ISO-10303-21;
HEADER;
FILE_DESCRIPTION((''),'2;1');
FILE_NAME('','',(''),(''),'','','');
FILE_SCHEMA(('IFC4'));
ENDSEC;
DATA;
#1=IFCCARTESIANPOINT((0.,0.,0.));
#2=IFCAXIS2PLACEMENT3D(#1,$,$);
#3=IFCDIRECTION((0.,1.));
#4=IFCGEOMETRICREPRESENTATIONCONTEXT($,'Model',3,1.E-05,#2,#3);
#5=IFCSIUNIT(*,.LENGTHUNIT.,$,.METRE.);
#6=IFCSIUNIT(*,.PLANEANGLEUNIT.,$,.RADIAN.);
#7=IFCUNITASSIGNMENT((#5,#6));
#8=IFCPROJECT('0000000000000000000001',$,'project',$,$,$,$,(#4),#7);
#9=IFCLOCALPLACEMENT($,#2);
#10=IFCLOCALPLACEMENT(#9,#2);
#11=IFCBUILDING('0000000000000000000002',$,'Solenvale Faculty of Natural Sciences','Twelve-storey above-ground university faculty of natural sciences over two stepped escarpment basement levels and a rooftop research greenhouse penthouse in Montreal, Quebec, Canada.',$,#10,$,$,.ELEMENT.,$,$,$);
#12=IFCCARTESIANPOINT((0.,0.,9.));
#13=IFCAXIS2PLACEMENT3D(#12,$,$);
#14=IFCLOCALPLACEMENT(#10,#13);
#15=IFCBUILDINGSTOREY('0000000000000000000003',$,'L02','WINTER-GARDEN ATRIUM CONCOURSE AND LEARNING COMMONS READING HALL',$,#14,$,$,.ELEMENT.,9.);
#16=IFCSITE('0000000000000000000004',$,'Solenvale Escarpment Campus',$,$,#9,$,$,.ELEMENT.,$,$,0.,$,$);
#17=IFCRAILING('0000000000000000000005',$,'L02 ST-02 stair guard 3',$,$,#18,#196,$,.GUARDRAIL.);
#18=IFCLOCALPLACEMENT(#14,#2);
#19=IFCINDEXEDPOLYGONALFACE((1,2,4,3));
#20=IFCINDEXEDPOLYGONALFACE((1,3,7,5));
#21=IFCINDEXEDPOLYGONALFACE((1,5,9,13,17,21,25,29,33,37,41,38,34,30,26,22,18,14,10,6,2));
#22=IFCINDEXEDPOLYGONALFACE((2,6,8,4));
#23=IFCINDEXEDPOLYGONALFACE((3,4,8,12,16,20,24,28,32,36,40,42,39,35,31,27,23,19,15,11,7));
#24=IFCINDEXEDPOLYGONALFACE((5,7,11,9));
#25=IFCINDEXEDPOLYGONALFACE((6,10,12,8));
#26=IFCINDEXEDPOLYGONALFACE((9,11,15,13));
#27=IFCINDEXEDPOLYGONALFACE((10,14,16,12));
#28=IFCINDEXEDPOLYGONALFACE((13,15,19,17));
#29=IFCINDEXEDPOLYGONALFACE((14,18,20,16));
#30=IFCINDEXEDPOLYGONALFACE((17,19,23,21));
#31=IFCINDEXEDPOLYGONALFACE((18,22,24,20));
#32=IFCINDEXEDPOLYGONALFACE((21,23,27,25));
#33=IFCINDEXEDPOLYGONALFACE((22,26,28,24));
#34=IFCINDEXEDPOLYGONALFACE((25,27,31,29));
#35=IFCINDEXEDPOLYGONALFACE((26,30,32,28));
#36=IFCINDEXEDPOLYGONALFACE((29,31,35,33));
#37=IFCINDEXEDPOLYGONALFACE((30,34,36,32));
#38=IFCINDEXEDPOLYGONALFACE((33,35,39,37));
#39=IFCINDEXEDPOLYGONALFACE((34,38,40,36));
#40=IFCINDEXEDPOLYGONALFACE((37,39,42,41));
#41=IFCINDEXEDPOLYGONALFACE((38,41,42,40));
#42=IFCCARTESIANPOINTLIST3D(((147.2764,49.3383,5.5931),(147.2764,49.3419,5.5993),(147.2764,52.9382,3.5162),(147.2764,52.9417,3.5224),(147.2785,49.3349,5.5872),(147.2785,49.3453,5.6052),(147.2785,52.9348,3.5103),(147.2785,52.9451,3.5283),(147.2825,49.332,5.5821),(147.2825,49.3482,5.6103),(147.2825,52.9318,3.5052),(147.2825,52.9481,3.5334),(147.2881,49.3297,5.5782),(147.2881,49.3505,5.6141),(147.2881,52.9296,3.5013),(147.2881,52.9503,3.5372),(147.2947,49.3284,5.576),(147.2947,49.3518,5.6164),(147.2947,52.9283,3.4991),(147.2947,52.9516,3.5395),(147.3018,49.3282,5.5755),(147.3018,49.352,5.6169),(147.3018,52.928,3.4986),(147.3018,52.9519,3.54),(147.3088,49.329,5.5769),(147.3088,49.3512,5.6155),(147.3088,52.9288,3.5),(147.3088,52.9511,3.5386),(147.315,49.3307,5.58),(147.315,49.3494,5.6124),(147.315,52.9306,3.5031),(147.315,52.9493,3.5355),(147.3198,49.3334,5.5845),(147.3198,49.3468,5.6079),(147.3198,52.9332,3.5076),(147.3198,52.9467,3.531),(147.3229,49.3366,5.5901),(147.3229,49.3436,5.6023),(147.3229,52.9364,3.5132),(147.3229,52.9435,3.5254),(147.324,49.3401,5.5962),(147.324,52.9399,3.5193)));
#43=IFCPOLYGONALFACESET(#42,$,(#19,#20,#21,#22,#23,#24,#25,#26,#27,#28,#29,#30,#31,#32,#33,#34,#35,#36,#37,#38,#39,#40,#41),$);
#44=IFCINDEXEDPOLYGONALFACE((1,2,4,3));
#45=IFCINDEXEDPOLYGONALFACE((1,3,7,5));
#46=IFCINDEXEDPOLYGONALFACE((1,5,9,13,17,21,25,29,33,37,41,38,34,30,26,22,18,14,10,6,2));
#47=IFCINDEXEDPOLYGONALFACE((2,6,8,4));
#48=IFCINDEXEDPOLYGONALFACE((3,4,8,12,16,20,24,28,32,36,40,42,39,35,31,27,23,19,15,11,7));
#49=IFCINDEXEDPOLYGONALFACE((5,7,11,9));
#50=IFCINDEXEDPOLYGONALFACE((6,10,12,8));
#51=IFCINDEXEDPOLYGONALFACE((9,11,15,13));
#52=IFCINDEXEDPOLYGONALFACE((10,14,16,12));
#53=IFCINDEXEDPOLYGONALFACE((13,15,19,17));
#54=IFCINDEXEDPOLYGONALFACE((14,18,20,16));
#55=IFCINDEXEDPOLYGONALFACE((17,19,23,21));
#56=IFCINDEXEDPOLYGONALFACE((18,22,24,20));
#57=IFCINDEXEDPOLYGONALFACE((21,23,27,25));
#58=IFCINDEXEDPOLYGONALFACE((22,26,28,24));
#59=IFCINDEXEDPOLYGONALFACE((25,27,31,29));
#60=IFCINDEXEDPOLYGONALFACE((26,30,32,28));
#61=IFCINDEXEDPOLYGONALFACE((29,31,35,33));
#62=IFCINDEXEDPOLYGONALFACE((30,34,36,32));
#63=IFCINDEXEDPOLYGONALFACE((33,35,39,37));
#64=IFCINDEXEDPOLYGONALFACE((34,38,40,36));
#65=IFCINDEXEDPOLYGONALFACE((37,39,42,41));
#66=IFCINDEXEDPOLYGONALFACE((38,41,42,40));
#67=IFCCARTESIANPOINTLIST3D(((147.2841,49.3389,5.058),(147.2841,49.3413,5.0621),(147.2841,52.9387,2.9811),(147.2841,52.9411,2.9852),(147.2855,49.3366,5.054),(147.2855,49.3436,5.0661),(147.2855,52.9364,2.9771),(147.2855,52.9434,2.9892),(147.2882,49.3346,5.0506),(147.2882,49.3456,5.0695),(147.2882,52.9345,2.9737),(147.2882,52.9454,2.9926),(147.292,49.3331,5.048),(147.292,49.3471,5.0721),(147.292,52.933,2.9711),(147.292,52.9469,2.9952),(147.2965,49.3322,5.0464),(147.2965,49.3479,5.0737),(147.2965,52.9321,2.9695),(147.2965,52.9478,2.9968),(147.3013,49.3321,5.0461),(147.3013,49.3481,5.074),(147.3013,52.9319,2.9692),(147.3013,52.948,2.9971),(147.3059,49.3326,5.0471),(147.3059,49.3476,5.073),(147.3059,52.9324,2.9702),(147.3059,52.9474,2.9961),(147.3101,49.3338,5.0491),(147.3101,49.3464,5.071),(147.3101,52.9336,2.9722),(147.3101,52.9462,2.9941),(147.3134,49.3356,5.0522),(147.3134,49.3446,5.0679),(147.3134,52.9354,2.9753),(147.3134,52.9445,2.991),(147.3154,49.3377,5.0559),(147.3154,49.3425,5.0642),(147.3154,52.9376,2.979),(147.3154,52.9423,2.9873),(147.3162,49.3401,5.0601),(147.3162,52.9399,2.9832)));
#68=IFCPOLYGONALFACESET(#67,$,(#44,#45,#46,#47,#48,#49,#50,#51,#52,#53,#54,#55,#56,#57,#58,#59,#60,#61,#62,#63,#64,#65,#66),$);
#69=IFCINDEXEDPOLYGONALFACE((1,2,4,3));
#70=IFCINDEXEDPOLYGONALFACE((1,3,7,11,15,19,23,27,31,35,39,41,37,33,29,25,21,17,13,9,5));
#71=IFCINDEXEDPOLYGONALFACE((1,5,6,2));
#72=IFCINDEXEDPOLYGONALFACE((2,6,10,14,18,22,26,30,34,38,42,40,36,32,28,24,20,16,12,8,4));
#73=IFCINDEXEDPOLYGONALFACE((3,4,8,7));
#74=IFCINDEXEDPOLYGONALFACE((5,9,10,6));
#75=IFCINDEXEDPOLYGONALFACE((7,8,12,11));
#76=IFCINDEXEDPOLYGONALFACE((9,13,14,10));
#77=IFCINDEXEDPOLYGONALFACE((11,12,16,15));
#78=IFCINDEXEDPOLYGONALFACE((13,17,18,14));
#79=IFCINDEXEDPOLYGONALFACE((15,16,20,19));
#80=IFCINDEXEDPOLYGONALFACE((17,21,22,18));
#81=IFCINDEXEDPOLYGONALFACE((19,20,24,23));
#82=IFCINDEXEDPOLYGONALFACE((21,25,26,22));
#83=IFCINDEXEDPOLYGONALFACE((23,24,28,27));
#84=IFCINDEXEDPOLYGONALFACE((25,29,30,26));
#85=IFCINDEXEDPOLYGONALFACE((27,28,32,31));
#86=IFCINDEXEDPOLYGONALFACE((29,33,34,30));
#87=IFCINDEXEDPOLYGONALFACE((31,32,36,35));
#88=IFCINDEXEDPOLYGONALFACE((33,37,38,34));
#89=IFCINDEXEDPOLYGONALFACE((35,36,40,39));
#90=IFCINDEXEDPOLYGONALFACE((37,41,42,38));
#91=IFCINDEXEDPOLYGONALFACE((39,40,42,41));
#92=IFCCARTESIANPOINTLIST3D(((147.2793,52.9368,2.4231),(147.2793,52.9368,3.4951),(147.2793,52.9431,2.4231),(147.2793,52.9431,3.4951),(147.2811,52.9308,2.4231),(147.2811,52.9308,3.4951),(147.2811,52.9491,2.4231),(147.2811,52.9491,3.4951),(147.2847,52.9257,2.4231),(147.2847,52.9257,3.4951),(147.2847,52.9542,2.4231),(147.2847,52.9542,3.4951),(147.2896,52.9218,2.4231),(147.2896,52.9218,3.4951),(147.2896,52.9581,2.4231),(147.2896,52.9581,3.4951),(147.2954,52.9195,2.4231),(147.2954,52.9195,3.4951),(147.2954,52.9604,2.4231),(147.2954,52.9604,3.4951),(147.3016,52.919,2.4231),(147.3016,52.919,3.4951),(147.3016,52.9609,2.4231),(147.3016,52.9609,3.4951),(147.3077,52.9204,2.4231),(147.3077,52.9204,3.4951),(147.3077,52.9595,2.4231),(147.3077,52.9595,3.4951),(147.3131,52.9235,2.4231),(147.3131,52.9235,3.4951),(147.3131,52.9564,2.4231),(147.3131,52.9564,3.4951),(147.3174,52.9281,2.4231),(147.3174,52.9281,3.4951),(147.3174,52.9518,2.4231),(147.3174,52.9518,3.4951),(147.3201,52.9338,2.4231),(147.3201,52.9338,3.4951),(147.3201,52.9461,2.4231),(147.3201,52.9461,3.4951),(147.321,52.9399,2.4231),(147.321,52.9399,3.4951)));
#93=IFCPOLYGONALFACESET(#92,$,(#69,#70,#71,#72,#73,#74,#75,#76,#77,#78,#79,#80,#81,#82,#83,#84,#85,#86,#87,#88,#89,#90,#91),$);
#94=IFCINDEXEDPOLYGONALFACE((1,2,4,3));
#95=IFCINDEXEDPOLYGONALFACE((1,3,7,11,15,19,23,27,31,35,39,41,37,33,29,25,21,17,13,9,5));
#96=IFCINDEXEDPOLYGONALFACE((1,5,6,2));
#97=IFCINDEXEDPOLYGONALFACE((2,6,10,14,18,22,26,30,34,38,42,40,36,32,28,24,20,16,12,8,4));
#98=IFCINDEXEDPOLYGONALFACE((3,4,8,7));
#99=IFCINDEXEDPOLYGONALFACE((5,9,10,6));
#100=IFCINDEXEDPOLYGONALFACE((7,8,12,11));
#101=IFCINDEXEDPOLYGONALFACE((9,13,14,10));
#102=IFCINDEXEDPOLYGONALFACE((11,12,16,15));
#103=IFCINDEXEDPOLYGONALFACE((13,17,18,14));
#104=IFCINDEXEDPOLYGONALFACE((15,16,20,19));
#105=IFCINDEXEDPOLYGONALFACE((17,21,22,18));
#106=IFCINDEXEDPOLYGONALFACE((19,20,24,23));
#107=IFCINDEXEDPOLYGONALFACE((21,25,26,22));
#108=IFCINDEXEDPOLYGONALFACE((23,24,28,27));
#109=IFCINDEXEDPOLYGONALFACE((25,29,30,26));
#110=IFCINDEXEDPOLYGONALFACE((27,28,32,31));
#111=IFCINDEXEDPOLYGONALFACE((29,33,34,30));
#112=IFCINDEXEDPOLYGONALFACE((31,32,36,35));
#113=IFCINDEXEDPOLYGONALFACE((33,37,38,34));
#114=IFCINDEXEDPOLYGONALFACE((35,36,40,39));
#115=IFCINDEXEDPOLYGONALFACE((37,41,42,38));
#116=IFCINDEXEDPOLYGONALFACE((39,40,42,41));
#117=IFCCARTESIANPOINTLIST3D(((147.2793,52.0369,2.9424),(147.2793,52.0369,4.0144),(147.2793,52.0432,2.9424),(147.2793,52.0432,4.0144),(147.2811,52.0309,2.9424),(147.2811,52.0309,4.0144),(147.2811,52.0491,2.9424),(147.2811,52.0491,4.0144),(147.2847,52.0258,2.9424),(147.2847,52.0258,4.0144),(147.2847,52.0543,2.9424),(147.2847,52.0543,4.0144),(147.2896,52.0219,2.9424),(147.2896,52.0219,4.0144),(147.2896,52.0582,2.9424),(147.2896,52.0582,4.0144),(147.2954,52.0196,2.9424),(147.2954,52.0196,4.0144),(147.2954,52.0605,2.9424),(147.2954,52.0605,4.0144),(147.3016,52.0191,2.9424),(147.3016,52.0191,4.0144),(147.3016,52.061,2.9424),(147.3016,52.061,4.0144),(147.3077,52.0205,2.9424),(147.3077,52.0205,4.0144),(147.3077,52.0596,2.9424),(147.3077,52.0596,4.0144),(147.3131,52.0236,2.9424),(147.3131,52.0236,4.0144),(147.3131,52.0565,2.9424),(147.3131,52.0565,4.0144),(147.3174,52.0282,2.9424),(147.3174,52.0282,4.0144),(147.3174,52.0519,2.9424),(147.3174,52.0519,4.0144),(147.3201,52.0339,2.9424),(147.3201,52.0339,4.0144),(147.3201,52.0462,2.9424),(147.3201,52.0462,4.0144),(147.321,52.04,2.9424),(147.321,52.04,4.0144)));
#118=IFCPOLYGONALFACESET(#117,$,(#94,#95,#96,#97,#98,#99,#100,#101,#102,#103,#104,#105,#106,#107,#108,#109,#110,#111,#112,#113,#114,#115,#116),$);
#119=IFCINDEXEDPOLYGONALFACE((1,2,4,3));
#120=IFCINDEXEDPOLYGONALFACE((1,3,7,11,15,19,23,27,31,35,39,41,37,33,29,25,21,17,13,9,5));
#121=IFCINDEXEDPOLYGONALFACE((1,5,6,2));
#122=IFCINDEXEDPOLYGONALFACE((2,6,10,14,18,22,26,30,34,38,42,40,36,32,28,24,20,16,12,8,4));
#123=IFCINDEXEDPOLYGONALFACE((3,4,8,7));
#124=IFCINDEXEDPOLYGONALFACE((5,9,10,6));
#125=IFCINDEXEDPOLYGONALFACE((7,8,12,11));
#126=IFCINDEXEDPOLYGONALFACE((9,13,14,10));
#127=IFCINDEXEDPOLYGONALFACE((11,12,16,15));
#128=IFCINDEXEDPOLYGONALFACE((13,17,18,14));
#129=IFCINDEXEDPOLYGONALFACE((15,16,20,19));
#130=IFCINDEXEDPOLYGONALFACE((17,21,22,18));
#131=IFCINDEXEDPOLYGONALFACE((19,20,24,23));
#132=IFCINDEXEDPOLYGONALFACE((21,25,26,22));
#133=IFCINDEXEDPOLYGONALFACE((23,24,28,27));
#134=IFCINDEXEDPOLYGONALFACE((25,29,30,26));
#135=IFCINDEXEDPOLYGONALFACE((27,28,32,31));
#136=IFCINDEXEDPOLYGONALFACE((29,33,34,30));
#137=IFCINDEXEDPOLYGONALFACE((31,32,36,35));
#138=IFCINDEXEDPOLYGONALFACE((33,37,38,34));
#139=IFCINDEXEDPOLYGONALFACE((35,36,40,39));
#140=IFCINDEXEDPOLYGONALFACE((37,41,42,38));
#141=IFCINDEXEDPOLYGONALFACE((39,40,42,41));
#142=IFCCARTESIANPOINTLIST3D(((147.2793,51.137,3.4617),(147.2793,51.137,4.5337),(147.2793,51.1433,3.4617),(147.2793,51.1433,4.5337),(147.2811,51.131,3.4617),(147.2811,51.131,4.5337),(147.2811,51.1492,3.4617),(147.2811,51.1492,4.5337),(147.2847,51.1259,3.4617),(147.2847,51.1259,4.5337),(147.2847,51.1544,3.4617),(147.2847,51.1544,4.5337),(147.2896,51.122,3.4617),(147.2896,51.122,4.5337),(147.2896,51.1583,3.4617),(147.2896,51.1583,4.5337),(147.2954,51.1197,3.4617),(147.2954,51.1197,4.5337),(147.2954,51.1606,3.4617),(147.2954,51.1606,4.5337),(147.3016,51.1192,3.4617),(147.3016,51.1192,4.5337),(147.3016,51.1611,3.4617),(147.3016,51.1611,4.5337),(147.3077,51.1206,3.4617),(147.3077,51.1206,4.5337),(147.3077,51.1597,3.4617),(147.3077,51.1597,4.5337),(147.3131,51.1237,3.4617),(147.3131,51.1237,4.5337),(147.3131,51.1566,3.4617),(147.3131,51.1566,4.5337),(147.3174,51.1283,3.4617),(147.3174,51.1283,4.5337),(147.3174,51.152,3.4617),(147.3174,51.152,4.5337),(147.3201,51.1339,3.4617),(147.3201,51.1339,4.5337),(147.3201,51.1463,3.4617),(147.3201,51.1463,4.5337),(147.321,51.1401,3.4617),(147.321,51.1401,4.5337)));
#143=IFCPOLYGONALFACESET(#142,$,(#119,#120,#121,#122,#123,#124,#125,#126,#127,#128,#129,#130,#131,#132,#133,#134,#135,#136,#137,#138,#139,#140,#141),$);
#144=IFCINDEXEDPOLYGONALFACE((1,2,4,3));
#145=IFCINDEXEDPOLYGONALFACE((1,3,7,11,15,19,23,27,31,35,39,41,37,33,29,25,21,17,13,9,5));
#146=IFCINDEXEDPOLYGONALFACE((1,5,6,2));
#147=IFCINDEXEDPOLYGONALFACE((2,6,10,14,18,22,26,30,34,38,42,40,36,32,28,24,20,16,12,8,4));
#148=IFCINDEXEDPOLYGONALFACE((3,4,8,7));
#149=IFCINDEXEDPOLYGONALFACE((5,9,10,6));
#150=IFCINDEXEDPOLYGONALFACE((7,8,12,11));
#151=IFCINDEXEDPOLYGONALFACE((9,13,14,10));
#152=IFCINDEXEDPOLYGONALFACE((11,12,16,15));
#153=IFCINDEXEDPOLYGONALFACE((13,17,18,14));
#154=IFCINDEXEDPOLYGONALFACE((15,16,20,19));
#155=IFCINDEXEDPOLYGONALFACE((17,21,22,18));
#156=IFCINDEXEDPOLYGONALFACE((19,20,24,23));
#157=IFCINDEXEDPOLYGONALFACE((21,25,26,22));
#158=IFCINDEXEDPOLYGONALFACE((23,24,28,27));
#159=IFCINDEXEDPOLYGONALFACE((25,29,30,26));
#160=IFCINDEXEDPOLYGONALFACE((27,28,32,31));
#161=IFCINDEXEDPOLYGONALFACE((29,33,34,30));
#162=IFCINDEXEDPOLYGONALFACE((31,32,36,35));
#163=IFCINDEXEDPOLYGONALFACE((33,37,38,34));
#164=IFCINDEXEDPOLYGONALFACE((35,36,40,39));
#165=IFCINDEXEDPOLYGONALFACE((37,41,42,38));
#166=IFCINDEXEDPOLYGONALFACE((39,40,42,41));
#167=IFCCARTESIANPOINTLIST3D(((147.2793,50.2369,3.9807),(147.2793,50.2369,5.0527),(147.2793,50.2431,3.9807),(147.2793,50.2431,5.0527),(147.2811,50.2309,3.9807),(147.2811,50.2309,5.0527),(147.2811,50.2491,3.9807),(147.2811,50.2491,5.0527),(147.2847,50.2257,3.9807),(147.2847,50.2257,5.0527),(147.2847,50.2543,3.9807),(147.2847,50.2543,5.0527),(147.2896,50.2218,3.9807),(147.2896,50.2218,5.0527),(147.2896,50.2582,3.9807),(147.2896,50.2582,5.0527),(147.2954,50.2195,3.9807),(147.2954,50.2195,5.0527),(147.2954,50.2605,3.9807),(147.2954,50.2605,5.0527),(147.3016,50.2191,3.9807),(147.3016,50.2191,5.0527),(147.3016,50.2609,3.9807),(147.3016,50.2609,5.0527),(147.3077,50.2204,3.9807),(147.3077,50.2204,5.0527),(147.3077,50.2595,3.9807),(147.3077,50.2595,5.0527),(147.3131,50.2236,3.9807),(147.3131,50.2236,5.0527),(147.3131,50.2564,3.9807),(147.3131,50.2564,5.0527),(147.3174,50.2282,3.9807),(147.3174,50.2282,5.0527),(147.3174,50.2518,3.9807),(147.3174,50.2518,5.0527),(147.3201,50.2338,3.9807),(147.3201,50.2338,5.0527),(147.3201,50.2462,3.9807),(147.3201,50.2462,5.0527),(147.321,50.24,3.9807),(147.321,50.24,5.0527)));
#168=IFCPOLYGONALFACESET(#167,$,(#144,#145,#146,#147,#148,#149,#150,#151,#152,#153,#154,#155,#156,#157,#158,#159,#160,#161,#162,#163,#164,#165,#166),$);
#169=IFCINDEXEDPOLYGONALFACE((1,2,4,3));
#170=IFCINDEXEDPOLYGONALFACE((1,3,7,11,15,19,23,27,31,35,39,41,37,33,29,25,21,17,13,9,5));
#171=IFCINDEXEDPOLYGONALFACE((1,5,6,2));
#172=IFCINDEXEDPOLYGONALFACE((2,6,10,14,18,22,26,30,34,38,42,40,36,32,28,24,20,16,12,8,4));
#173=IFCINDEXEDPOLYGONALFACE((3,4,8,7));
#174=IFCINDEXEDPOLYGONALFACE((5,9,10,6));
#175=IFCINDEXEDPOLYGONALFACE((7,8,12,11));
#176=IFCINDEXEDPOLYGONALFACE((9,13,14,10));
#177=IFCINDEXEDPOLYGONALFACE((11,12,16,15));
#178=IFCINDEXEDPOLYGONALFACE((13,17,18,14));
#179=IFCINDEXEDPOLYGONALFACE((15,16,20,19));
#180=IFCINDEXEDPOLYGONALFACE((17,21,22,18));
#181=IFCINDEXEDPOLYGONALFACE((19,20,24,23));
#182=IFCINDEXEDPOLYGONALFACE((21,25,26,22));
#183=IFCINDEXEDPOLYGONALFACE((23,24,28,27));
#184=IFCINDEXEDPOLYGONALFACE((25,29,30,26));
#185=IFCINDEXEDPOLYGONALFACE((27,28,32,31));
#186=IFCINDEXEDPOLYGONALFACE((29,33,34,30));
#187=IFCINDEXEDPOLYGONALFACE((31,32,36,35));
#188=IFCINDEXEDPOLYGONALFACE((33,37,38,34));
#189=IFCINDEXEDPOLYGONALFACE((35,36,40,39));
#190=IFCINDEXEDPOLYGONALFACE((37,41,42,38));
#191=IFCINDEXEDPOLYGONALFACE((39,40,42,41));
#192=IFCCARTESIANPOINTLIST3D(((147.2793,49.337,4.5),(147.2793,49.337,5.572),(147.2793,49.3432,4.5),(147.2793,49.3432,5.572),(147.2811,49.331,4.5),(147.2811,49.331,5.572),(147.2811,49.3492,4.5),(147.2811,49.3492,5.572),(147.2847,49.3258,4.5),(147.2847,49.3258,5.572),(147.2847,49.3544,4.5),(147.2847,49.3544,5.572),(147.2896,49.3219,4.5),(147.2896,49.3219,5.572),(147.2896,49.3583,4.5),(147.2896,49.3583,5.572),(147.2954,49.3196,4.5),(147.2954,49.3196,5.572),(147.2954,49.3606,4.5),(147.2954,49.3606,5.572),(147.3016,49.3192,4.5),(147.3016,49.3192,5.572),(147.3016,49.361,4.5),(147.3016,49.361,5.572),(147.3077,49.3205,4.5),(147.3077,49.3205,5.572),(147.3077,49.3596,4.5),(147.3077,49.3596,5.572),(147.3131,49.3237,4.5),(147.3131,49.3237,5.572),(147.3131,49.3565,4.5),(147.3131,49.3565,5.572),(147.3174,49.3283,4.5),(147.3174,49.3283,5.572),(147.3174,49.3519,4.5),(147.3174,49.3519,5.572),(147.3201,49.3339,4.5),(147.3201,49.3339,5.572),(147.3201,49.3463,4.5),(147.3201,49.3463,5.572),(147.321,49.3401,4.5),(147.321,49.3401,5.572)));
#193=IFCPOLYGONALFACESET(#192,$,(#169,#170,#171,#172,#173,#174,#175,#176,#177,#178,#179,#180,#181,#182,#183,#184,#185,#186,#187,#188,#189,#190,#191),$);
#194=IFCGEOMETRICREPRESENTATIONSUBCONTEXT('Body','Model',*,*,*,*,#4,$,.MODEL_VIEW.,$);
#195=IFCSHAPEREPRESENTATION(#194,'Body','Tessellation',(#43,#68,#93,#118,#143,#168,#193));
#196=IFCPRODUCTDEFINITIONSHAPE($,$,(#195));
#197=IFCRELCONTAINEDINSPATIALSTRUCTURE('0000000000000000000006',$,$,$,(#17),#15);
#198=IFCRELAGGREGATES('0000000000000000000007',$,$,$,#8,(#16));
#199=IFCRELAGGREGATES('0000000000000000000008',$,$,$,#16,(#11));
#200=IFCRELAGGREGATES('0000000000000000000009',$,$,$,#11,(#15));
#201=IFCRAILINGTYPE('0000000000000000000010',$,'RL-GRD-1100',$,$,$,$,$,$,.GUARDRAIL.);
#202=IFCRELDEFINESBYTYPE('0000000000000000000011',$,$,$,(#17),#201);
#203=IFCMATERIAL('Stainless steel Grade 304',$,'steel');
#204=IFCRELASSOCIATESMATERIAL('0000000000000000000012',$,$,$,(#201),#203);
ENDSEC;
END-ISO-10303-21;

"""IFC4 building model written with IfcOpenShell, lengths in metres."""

from ifc_helpers import new_model, si_unit, direction, frame, origin, origin_2d, place, context, subcontext, project, spatial, circle, extrude, material, type_object, element, save


model = new_model("IFC4")

# Units and contexts
model_context = context("Model", 3, precision=1e-05, world=origin(), true_north=direction((0.0, 1.0)))
body_context = subcontext(model_context, "Body", "Model", "MODEL_VIEW")
ifc_project = project(units=[si_unit("LENGTHUNIT", "METRE"), si_unit("PLANEANGLEUNIT", "RADIAN")], contexts=[model_context])

# Site, building, storey
site_placement = place(None, origin())
site = spatial("IfcSite", under=ifc_project, at=site_placement, Name="Solenvale Escarpment Campus", CompositionType="ELEMENT", RefElevation=0.0)
building_placement = place(site_placement, origin())
building = spatial("IfcBuilding", under=site, at=building_placement, Name="Solenvale Faculty of Natural Sciences", Description="Twelve-storey above-ground university faculty of natural sciences over two stepped escarpment basement levels and a rooftop research greenhouse penthouse in Montreal, Quebec, Canada.", CompositionType="ELEMENT")
storey_placement = place(building_placement, frame((0.0, 0.0, 9.0)))
storey = spatial("IfcBuildingStorey", under=building, at=storey_placement, Name="L02", Description="WINTER-GARDEN ATRIUM CONCOURSE AND LEARNING COMMONS READING HALL", CompositionType="ELEMENT", Elevation=9.0)

# Shared definitions
ifc_material_1 = material(Name="Stainless steel Grade 304", Category="steel")

# Railing
railing_type_1 = type_object("IfcRailingType", Name="RL-GRD-1100", PredefinedType="GUARDRAIL", material=ifc_material_1)
railing_1_placement = place(storey_placement, frame((147.3, 52.9399, 2.4231)))
element("IfcRailing", 1, at=railing_1_placement, inside=storey, type_object=railing_type_1, Name="L02 ST-02 stair guard 3", PredefinedType="GUARDRAIL", context=body_context, shape_type="SweptSolid", body=[
    extrude(circle(Radius=0.0239, at=origin_2d()), frame((0.0, 0.0, 1.0962), z_axis=(0.0, -0.866179, 0.499734), x_axis=(1.0, 0.0, 0.0)), (0.0, 0.0, 1.0), 4.156),
    extrude(circle(Radius=0.0161, at=origin_2d()), frame((0.0, 0.0, 0.5601), z_axis=(0.0, -0.866179, 0.499734), x_axis=(1.0, 0.0, 0.0)), (0.0, 0.0, 1.0), 4.156),
    extrude(circle(Radius=0.021, at=origin_2d()), origin(), (0.0, 0.0, 1.0), 1.072),
    extrude(circle(Radius=0.021, at=origin_2d()), frame((0.0, -0.8999, 0.5193)), (0.0, 0.0, 1.0), 1.072),
    extrude(circle(Radius=0.021, at=origin_2d()), frame((0.0, -1.7998, 1.0386)), (0.0, 0.0, 1.0), 1.072),
    extrude(circle(Radius=0.021, at=origin_2d()), frame((0.0, -2.7, 1.5576)), (0.0, 0.0, 1.0), 1.072),
    extrude(circle(Radius=0.021, at=origin_2d()), frame((0.0, -3.5999, 2.0769)), (0.0, 0.0, 1.0), 1.072),
])

save(model, "model.ifc")
